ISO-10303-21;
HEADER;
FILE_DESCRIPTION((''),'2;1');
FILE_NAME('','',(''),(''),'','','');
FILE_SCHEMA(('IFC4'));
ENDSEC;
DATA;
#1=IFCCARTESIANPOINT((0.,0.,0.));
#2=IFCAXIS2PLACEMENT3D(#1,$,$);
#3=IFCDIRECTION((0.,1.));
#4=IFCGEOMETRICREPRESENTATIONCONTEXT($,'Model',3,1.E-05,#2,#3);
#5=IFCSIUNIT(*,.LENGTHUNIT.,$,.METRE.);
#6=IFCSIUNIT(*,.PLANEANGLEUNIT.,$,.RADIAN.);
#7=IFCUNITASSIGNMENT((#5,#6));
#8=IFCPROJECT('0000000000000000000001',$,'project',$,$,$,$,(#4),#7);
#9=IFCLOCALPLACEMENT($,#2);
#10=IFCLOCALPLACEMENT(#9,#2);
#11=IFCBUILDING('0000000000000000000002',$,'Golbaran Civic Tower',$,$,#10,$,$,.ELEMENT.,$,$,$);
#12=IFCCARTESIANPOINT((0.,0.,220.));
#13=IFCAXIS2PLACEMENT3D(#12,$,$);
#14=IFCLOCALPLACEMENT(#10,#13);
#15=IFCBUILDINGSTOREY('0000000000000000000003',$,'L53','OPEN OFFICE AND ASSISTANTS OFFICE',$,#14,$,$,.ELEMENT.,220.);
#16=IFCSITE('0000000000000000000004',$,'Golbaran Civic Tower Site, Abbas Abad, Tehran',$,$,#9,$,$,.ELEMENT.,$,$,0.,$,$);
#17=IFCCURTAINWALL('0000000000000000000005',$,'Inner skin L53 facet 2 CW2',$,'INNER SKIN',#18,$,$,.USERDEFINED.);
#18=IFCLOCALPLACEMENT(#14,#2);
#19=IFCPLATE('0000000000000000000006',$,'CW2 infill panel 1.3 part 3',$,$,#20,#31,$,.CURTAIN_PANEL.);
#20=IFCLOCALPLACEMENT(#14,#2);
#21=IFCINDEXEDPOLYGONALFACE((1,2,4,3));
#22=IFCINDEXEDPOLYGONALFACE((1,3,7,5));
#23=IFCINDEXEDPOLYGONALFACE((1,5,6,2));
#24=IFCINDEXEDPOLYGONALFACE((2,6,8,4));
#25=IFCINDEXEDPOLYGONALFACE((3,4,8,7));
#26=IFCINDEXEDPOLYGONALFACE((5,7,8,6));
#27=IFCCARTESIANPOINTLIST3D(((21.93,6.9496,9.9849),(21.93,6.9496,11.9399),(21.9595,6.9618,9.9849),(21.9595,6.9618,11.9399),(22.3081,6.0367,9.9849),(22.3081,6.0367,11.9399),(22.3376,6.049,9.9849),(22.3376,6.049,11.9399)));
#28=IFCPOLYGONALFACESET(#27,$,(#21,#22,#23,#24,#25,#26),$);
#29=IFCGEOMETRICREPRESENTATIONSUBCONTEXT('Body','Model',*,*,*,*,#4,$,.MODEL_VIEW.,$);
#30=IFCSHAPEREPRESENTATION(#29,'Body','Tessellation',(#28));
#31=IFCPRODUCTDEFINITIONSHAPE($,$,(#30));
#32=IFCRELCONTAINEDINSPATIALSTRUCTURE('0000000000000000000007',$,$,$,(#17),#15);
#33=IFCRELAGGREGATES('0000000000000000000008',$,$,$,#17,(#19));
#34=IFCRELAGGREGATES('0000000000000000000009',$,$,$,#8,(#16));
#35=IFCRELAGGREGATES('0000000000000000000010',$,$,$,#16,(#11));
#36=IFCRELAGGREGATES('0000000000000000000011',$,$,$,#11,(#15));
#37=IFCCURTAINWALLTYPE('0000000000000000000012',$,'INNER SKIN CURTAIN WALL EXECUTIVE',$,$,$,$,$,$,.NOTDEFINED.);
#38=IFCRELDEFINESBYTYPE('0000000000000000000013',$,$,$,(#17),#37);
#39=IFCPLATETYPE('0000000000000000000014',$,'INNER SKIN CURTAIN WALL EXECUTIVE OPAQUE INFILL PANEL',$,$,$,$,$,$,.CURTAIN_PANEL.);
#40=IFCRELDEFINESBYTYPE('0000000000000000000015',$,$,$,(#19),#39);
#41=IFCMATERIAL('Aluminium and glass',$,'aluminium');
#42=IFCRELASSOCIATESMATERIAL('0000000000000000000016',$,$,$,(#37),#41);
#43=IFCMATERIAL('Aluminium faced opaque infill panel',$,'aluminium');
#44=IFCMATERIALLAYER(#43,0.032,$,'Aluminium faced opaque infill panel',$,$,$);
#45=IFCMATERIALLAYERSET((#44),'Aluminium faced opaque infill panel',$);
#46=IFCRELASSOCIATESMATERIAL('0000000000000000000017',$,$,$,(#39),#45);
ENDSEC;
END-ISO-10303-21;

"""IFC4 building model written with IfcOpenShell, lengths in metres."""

from ifc_helpers import new_model, si_unit, direction, frame, origin, origin_2d, place, context, subcontext, project, spatial, rectangle, extrude, material, layer, layer_set, type_object, element, aggregate, save


model = new_model("IFC4")

# Units and contexts
model_context = context("Model", 3, precision=1e-05, world=origin(), true_north=direction((0.0, 1.0)))
body_context = subcontext(model_context, "Body", "Model", "MODEL_VIEW")
ifc_project = project(units=[si_unit("LENGTHUNIT", "METRE"), si_unit("PLANEANGLEUNIT", "RADIAN")], contexts=[model_context])

# Site, building, storey
site_placement = place(None, origin())
site = spatial("IfcSite", under=ifc_project, at=site_placement, Name="Golbaran Civic Tower Site, Abbas Abad, Tehran", CompositionType="ELEMENT", RefElevation=0.0)
building_placement = place(site_placement, origin())
building = spatial("IfcBuilding", under=site, at=building_placement, Name="Golbaran Civic Tower", CompositionType="ELEMENT")
storey_placement = place(building_placement, frame((0.0, 0.0, 220.0)))
storey = spatial("IfcBuildingStorey", under=building, at=storey_placement, Name="L53", Description="OPEN OFFICE AND ASSISTANTS OFFICE", CompositionType="ELEMENT", Elevation=220.0)

# Curtain wall
ifc_material_1 = material(Name="Aluminium and glass", Category="aluminium")
curtain_wall_type = type_object("IfcCurtainWallType", Name="INNER SKIN CURTAIN WALL EXECUTIVE", PredefinedType="NOTDEFINED", material=ifc_material_1)
curtain_wall_1_placement = place(storey_placement, origin())
curtain_wall_1 = element("IfcCurtainWall", 1, at=curtain_wall_1_placement, inside=storey, type_object=curtain_wall_type, Name="Inner skin L53 facet 2 CW2", ObjectType="INNER SKIN", PredefinedType="USERDEFINED")

# Plate
ifc_material_2 = material(Name="Aluminium faced opaque infill panel", Category="aluminium")
ifc_layer_1 = layer(ifc_material_2, 0.032, Name="Aluminium faced opaque infill panel")
ifc_layer_set_1 = layer_set([ifc_layer_1], Name="Aluminium faced opaque infill panel")
plate_type_1 = type_object("IfcPlateType", Name="INNER SKIN CURTAIN WALL EXECUTIVE OPAQUE INFILL PANEL", PredefinedType="CURTAIN_PANEL", material=ifc_layer_set_1)
plate_1_placement = place(storey_placement, frame((22.1338, 6.4993, 9.9849), z_axis=(0.0, 0.0, 1.0), x_axis=(-0.382683, 0.92388, 0.0)))
plate_1 = element("IfcPlate", 2, at=plate_1_placement, type_object=plate_type_1, Name="CW2 infill panel 1.3 part 3", PredefinedType="CURTAIN_PANEL", context=body_context, shape_type="SweptSolid", body=[
    extrude(rectangle(XDim=0.988, YDim=0.032, at=origin_2d()), origin(), (0.0, 0.0, 1.0), 1.9551),
])
aggregate(curtain_wall_1, [plate_1])

save(model, "model.ifc")
